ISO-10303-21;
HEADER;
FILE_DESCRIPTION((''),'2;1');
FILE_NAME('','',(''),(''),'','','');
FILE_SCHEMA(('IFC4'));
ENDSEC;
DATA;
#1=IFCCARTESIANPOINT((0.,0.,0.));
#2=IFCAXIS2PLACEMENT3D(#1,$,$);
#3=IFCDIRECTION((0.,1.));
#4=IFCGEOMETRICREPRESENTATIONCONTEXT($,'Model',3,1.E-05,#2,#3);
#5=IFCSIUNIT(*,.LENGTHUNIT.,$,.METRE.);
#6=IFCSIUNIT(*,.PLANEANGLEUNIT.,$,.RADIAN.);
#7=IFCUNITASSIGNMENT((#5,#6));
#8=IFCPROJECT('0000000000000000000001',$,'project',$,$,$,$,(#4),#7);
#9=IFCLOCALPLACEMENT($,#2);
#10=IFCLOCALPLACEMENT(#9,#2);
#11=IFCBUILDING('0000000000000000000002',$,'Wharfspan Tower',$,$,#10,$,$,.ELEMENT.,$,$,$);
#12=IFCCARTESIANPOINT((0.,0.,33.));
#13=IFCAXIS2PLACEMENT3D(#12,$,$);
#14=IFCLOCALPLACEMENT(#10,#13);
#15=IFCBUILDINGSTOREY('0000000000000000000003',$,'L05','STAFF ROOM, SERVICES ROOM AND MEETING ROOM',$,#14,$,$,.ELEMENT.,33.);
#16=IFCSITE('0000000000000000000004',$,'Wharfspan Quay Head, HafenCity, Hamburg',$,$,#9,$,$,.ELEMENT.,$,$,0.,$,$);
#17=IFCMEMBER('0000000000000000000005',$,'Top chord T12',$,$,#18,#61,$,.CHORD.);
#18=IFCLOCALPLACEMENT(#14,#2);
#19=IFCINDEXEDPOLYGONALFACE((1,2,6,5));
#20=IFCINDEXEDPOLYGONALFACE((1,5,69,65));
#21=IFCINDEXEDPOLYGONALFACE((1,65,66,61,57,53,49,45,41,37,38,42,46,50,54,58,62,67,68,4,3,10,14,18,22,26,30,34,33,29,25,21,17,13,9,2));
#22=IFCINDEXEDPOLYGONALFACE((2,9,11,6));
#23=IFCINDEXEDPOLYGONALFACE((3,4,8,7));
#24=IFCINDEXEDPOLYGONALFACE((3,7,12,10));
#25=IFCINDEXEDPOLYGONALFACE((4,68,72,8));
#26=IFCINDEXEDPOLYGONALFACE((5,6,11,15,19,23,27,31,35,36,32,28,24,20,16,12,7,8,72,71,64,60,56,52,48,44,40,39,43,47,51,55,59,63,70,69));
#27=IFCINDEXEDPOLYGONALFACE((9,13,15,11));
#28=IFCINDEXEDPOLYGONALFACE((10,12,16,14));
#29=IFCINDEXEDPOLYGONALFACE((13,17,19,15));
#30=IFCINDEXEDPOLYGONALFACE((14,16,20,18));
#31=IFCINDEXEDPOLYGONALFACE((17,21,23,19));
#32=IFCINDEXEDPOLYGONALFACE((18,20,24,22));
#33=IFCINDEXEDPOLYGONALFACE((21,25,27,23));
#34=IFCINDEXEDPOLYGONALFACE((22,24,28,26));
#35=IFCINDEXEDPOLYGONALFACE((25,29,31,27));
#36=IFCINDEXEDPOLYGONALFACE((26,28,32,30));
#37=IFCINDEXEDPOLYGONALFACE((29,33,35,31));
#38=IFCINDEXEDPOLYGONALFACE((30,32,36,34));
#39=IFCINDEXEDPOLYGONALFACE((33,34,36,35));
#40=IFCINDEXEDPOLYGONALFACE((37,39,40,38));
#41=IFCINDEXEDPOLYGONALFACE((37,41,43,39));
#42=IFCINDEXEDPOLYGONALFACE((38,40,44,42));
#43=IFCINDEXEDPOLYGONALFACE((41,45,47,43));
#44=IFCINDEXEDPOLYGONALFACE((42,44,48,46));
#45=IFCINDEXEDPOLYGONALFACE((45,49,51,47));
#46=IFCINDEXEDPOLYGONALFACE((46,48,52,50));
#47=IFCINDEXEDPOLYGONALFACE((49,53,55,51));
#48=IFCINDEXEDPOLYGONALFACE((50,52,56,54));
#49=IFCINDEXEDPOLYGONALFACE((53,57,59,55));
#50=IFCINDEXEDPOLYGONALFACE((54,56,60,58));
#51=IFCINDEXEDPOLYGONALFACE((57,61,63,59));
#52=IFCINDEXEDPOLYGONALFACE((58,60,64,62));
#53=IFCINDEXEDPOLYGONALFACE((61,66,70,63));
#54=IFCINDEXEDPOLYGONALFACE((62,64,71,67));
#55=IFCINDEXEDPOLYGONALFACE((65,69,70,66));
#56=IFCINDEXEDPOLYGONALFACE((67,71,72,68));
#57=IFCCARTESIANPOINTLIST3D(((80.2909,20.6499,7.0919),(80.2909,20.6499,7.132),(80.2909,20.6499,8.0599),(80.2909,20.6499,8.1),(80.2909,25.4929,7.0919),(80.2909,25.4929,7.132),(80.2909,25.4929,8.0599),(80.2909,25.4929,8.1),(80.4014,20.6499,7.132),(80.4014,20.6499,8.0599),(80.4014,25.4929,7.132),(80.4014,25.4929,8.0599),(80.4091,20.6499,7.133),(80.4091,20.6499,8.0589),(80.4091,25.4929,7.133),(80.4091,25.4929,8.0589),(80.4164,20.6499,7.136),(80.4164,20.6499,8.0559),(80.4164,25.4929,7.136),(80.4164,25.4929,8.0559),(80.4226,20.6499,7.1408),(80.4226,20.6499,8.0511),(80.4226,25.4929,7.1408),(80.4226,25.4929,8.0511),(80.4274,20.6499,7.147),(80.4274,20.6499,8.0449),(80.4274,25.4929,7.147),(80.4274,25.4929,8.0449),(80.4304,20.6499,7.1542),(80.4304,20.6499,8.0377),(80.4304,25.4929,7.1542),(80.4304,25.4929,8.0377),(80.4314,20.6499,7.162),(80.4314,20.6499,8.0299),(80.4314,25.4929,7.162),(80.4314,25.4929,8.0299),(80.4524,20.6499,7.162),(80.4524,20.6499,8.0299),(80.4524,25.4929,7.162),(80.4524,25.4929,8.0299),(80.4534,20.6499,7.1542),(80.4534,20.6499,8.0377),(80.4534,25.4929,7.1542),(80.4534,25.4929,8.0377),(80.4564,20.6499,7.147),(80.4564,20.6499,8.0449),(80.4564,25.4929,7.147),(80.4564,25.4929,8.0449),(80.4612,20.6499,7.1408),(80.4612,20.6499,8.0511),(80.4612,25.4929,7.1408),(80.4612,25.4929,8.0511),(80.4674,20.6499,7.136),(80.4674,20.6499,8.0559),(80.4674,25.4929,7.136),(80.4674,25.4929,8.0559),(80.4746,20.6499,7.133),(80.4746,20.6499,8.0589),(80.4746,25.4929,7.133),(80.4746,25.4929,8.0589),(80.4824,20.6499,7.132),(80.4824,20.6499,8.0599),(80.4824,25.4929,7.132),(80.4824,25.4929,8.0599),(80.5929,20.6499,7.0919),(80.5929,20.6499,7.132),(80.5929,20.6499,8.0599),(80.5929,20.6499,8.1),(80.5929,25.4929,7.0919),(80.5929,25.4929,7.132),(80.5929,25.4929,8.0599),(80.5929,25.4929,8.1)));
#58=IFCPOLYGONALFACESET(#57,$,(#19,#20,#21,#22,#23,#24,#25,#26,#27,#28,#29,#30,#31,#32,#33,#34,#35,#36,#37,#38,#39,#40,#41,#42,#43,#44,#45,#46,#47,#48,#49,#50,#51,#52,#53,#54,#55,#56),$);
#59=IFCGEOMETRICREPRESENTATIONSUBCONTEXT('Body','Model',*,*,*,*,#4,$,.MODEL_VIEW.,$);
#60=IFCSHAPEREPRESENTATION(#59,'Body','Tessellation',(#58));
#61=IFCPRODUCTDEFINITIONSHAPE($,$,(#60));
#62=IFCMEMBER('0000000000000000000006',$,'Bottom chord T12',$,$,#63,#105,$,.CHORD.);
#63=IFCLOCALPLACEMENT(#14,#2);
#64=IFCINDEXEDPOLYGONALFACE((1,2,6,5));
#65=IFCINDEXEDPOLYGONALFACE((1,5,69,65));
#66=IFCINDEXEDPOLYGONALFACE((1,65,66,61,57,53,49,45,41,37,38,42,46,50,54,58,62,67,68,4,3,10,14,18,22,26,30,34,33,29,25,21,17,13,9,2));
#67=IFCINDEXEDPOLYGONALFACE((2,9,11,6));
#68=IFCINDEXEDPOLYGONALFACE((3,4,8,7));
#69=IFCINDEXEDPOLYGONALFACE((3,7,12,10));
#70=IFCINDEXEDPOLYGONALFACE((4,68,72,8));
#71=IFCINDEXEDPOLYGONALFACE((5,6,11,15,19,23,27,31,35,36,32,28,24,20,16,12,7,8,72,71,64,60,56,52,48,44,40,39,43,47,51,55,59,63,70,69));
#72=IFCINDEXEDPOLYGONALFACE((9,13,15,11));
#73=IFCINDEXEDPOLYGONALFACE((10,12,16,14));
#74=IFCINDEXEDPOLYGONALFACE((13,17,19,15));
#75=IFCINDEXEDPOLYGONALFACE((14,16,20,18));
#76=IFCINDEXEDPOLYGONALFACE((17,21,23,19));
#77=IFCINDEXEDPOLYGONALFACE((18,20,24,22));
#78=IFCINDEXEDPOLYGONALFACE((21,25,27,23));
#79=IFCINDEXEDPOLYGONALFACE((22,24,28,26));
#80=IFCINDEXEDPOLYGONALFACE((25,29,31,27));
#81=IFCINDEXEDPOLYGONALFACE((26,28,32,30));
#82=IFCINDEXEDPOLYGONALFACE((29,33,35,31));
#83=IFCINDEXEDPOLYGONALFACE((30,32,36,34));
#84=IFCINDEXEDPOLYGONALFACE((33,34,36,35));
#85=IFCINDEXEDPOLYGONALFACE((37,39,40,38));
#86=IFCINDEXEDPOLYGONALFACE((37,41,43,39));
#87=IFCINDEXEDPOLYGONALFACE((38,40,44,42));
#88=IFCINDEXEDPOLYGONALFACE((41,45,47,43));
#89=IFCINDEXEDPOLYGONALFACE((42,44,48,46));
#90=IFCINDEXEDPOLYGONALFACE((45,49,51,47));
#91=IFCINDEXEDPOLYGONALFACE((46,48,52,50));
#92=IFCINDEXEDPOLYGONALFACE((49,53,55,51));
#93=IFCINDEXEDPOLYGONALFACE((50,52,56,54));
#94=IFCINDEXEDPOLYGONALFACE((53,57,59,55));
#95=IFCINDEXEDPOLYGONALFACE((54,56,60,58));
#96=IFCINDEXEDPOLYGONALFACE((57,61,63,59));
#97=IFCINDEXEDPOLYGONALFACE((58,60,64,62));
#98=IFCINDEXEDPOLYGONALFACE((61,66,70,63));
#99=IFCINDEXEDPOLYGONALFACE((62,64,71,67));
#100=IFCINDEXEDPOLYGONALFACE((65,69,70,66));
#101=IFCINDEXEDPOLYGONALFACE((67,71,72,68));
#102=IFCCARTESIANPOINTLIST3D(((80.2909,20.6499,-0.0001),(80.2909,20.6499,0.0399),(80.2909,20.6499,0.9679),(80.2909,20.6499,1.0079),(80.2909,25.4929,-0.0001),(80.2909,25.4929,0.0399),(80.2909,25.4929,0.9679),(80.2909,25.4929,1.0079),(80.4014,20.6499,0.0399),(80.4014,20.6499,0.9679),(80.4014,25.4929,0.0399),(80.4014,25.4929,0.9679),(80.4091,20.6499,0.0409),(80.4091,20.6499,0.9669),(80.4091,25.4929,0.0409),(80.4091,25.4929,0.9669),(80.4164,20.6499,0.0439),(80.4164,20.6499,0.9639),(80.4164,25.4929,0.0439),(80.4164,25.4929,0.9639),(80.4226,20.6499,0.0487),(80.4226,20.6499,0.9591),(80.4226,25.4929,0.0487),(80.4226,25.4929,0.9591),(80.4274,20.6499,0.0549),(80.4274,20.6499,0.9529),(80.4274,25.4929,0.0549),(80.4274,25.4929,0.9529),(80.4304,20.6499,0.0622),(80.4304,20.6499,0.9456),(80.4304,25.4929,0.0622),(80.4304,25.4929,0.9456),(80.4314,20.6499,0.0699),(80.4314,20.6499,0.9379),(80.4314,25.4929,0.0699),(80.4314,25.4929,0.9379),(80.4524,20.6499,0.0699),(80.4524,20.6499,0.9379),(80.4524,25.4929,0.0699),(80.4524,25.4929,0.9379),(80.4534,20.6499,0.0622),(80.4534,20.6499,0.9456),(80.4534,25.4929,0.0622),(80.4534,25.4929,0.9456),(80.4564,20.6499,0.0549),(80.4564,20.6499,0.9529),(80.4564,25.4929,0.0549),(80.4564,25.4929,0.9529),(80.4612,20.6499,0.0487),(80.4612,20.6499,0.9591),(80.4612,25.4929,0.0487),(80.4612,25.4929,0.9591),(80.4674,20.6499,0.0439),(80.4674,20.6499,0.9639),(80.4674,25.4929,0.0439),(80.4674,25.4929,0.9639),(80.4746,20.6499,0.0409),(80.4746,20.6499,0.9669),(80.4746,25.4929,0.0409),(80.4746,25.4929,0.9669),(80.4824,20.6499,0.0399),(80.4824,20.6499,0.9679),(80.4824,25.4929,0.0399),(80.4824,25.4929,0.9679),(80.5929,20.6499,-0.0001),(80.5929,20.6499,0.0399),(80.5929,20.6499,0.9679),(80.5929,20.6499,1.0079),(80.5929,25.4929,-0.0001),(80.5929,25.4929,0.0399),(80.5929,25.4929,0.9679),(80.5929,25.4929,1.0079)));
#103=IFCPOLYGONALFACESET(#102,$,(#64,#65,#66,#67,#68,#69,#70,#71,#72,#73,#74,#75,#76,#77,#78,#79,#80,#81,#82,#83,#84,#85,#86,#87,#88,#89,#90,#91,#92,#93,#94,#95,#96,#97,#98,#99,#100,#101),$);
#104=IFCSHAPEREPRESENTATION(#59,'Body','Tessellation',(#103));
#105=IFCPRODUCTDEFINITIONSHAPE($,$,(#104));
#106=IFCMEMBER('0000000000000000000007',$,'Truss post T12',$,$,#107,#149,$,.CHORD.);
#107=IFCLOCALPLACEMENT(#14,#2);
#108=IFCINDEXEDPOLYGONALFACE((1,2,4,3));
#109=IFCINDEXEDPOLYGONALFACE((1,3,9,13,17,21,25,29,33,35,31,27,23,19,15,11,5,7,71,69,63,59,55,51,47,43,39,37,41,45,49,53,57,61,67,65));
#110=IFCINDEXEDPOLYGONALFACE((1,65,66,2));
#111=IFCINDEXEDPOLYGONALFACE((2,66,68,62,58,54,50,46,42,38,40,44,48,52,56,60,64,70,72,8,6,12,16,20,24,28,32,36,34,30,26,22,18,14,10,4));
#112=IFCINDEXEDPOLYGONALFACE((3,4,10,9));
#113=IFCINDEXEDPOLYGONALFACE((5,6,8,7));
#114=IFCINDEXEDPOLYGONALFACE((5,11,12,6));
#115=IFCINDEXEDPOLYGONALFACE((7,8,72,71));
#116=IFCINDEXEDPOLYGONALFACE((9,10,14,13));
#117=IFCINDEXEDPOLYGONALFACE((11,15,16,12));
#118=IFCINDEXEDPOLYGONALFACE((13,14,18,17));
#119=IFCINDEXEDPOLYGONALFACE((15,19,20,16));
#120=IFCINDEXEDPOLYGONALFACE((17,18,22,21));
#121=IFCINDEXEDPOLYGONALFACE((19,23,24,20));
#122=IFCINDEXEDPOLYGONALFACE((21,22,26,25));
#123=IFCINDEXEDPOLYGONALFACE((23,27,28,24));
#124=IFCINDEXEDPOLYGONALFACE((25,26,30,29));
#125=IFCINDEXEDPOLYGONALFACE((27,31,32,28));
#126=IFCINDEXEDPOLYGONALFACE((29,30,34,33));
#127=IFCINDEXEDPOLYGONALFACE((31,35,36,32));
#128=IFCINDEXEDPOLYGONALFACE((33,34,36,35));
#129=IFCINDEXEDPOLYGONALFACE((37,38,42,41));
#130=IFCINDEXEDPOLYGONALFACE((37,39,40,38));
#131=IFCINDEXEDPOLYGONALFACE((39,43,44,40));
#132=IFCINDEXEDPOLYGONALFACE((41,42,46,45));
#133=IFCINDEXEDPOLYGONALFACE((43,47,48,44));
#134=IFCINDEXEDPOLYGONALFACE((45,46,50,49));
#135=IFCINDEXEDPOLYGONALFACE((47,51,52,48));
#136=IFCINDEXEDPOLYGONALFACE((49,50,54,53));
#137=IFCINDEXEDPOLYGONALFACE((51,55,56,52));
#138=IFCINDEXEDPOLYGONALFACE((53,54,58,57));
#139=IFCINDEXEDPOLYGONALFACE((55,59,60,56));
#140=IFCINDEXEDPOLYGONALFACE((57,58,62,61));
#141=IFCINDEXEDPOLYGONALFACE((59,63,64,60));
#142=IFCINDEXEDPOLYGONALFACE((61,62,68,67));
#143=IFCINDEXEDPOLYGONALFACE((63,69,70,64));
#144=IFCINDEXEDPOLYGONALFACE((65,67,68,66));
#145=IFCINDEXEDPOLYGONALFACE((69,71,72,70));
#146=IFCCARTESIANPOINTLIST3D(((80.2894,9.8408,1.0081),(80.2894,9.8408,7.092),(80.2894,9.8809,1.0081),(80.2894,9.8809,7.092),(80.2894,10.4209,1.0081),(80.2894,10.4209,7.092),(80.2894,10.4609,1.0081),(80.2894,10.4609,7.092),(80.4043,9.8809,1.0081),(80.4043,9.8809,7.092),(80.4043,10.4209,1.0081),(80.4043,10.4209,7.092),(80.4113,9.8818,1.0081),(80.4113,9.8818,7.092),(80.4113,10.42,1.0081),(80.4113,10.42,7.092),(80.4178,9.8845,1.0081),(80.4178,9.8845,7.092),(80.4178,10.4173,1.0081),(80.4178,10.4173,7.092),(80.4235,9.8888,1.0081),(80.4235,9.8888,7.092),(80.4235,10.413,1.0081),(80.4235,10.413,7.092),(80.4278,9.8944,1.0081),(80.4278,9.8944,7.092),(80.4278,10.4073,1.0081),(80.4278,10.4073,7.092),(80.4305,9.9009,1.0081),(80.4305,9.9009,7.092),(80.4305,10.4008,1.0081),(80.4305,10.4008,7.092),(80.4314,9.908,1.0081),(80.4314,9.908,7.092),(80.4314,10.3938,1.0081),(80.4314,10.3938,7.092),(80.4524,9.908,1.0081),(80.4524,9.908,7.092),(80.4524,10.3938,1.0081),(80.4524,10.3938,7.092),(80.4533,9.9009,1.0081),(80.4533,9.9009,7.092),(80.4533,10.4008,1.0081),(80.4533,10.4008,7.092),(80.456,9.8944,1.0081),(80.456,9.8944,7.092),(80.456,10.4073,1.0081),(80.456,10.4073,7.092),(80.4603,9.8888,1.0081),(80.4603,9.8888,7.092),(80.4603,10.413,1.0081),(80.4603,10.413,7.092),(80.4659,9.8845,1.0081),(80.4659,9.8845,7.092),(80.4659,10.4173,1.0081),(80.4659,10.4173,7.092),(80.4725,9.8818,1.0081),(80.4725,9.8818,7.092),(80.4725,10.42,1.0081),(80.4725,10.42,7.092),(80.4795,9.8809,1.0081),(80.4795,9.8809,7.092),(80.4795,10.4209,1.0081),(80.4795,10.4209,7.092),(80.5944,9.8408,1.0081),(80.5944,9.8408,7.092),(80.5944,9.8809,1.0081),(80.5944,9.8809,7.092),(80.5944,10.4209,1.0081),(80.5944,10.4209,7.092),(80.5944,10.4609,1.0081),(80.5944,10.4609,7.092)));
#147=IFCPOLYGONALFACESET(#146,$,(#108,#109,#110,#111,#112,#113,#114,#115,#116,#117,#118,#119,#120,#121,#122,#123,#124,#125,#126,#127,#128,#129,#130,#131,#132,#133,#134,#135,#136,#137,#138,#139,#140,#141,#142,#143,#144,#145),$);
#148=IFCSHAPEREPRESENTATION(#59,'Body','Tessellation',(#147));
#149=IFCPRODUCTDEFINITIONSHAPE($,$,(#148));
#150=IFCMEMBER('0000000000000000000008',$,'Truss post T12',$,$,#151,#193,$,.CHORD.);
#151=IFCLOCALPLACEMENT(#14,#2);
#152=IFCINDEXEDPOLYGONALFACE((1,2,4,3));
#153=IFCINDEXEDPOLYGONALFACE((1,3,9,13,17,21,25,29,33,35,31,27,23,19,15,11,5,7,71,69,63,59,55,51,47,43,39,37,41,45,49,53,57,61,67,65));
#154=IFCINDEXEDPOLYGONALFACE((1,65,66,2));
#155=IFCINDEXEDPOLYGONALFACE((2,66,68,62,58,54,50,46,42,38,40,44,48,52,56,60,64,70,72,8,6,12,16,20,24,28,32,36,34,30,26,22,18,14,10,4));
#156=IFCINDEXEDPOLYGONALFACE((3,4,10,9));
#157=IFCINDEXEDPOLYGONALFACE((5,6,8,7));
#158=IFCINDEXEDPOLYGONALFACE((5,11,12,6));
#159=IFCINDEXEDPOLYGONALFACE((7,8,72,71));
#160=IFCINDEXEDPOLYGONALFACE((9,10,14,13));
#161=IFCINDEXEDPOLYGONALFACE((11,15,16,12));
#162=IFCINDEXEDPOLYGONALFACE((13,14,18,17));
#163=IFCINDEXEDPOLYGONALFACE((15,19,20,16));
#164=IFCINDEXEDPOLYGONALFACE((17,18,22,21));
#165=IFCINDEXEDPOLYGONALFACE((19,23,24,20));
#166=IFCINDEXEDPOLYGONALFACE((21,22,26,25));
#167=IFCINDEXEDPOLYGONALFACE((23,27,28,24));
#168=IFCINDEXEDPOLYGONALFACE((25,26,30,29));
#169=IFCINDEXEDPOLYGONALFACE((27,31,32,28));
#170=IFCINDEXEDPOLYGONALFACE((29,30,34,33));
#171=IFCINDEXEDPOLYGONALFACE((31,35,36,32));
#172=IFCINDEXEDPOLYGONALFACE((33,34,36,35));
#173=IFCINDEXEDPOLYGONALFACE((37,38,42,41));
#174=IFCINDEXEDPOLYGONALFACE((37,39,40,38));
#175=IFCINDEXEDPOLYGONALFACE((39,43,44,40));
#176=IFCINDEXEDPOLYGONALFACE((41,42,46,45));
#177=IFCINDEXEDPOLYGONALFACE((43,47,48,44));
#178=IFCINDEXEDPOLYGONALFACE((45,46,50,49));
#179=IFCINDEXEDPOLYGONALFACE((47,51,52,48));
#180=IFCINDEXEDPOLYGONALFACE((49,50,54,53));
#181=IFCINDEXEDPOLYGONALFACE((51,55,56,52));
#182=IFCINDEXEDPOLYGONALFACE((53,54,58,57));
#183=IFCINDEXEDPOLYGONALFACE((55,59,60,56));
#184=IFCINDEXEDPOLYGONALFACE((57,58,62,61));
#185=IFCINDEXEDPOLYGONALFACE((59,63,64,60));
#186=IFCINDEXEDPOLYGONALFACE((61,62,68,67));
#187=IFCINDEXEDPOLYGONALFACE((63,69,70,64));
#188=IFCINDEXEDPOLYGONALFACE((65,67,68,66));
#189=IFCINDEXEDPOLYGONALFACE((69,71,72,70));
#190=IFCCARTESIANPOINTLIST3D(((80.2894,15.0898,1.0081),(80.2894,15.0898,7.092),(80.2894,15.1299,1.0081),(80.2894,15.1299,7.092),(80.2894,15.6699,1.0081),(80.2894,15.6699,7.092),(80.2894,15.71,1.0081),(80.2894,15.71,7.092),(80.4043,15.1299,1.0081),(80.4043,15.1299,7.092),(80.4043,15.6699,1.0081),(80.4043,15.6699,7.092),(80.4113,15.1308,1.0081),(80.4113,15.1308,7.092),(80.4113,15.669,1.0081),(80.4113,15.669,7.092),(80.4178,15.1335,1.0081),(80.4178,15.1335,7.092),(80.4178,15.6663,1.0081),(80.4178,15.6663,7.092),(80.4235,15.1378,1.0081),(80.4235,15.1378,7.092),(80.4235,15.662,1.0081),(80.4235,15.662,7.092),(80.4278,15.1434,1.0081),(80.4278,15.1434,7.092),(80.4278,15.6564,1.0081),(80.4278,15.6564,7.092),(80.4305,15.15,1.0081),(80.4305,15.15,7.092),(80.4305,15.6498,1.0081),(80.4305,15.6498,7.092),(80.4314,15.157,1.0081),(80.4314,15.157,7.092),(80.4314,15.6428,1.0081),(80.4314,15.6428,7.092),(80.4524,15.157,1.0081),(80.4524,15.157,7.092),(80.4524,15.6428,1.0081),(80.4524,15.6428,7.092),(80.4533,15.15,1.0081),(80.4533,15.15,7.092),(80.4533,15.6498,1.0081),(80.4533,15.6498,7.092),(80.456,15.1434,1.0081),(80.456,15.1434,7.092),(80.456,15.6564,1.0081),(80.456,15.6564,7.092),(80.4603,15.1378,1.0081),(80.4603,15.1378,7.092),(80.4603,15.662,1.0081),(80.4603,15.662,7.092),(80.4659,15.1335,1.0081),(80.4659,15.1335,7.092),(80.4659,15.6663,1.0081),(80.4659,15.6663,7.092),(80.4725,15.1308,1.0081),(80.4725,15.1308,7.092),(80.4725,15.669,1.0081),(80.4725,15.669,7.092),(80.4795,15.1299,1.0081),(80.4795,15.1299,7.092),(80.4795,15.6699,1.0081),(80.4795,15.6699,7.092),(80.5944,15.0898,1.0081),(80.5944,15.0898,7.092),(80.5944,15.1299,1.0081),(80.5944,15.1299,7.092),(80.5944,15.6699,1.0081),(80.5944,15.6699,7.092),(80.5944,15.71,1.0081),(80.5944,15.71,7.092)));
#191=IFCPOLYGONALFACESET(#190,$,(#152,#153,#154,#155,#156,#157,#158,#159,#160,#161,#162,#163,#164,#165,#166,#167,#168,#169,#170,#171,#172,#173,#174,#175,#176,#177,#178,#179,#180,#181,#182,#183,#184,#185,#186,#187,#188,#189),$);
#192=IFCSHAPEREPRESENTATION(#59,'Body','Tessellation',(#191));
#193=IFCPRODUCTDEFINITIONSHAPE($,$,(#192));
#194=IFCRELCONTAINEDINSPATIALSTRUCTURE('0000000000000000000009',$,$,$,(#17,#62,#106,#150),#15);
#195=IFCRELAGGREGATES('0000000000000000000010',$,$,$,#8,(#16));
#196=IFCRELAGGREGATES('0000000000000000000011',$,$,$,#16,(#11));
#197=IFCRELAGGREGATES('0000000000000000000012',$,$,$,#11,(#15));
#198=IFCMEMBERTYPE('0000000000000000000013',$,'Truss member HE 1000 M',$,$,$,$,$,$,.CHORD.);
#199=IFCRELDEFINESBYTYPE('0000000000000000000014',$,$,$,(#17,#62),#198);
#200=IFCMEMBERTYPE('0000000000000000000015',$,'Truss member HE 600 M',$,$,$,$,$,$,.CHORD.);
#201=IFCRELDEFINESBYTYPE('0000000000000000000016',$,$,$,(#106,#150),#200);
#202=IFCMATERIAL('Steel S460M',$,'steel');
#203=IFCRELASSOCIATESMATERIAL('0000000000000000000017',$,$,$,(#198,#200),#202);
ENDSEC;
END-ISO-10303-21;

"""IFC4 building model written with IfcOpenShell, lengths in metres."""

from ifc_helpers import new_model, si_unit, direction, frame, origin, origin_2d, place, context, subcontext, project, spatial, i_section, extrude, material, material_profile, profile_set, type_object, element, save


model = new_model("IFC4")

# Units and contexts
model_context = context("Model", 3, precision=1e-05, world=origin(), true_north=direction((0.0, 1.0)))
body_context = subcontext(model_context, "Body", "Model", "MODEL_VIEW")
ifc_project = project(units=[si_unit("LENGTHUNIT", "METRE"), si_unit("PLANEANGLEUNIT", "RADIAN")], contexts=[model_context])

# Site, building, storey
site_placement = place(None, origin())
site = spatial("IfcSite", under=ifc_project, at=site_placement, Name="Wharfspan Quay Head, HafenCity, Hamburg", CompositionType="ELEMENT", RefElevation=0.0)
building_placement = place(site_placement, origin())
building = spatial("IfcBuilding", under=site, at=building_placement, Name="Wharfspan Tower", CompositionType="ELEMENT")
storey_placement = place(building_placement, frame((0.0, 0.0, 33.0)))
storey = spatial("IfcBuildingStorey", under=building, at=storey_placement, Name="L05", Description="STAFF ROOM, SERVICES ROOM AND MEETING ROOM", CompositionType="ELEMENT", Elevation=33.0)

# Members
ifc_material_1 = material(Name="Steel S460M", Category="steel")
ifc_material_profile_1 = material_profile(ifc_material_1, i_section(OverallWidth=0.302, OverallDepth=1.0081, WebThickness=0.021, FlangeThickness=0.04, FilletRadius=0.03, at=origin_2d()))
ifc_profile_set_1 = profile_set([ifc_material_profile_1], Name="Steel S460M")
member_type_1 = type_object("IfcMemberType", Name="Truss member HE 1000 M", PredefinedType="CHORD", material=ifc_profile_set_1)
for number, where, z_axis, x_axis, name in (
    (1, (80.4419, 20.6499, 7.5959), (0.0, 1.0, 0.0), (-1.0, 0.0, 0.0), "Top chord T12"),
    (2, (80.4419, 20.6499, 0.5039), (0.0, 1.0, 0.0), (-1.0, 0.0, 0.0), "Bottom chord T12"),
):
    element("IfcMember", number, at=place(storey_placement, frame(where, z_axis=z_axis, x_axis=x_axis)), inside=storey, type_object=member_type_1, Name=name, PredefinedType="CHORD", context=body_context, shape_type="SweptSolid", body=[
        extrude(i_section(OverallWidth=0.302, OverallDepth=1.0081, WebThickness=0.021, FlangeThickness=0.04, FilletRadius=0.03, at=origin_2d()), origin(), (0.0, 0.0, 1.0), 4.843),
    ])
ifc_material_profile_2 = material_profile(ifc_material_1, i_section(OverallWidth=0.3049, OverallDepth=0.6201, WebThickness=0.021, FlangeThickness=0.04, FilletRadius=0.0271, at=origin_2d()))
ifc_profile_set_2 = profile_set([ifc_material_profile_2], Name="Steel S460M")
member_type_2 = type_object("IfcMemberType", Name="Truss member HE 600 M", PredefinedType="CHORD", material=ifc_profile_set_2)
for number, where, z_axis, x_axis, name in (
    (3, (80.4419, 10.1509, 1.0081), (0.0, 0.0, 1.0), (1.0, 0.0, 0.0), "Truss post T12"),
    (4, (80.4419, 15.3999, 1.0081), (0.0, 0.0, 1.0), (1.0, 0.0, 0.0), "Truss post T12"),
):
    element("IfcMember", number, at=place(storey_placement, frame(where, z_axis=z_axis, x_axis=x_axis)), inside=storey, type_object=member_type_2, Name=name, PredefinedType="CHORD", context=body_context, shape_type="SweptSolid", body=[
        extrude(i_section(OverallWidth=0.3049, OverallDepth=0.6201, WebThickness=0.021, FlangeThickness=0.04, FilletRadius=0.0271, at=origin_2d()), origin(), (0.0, 0.0, 1.0), 6.084),
    ])

save(model, "model.ifc")
